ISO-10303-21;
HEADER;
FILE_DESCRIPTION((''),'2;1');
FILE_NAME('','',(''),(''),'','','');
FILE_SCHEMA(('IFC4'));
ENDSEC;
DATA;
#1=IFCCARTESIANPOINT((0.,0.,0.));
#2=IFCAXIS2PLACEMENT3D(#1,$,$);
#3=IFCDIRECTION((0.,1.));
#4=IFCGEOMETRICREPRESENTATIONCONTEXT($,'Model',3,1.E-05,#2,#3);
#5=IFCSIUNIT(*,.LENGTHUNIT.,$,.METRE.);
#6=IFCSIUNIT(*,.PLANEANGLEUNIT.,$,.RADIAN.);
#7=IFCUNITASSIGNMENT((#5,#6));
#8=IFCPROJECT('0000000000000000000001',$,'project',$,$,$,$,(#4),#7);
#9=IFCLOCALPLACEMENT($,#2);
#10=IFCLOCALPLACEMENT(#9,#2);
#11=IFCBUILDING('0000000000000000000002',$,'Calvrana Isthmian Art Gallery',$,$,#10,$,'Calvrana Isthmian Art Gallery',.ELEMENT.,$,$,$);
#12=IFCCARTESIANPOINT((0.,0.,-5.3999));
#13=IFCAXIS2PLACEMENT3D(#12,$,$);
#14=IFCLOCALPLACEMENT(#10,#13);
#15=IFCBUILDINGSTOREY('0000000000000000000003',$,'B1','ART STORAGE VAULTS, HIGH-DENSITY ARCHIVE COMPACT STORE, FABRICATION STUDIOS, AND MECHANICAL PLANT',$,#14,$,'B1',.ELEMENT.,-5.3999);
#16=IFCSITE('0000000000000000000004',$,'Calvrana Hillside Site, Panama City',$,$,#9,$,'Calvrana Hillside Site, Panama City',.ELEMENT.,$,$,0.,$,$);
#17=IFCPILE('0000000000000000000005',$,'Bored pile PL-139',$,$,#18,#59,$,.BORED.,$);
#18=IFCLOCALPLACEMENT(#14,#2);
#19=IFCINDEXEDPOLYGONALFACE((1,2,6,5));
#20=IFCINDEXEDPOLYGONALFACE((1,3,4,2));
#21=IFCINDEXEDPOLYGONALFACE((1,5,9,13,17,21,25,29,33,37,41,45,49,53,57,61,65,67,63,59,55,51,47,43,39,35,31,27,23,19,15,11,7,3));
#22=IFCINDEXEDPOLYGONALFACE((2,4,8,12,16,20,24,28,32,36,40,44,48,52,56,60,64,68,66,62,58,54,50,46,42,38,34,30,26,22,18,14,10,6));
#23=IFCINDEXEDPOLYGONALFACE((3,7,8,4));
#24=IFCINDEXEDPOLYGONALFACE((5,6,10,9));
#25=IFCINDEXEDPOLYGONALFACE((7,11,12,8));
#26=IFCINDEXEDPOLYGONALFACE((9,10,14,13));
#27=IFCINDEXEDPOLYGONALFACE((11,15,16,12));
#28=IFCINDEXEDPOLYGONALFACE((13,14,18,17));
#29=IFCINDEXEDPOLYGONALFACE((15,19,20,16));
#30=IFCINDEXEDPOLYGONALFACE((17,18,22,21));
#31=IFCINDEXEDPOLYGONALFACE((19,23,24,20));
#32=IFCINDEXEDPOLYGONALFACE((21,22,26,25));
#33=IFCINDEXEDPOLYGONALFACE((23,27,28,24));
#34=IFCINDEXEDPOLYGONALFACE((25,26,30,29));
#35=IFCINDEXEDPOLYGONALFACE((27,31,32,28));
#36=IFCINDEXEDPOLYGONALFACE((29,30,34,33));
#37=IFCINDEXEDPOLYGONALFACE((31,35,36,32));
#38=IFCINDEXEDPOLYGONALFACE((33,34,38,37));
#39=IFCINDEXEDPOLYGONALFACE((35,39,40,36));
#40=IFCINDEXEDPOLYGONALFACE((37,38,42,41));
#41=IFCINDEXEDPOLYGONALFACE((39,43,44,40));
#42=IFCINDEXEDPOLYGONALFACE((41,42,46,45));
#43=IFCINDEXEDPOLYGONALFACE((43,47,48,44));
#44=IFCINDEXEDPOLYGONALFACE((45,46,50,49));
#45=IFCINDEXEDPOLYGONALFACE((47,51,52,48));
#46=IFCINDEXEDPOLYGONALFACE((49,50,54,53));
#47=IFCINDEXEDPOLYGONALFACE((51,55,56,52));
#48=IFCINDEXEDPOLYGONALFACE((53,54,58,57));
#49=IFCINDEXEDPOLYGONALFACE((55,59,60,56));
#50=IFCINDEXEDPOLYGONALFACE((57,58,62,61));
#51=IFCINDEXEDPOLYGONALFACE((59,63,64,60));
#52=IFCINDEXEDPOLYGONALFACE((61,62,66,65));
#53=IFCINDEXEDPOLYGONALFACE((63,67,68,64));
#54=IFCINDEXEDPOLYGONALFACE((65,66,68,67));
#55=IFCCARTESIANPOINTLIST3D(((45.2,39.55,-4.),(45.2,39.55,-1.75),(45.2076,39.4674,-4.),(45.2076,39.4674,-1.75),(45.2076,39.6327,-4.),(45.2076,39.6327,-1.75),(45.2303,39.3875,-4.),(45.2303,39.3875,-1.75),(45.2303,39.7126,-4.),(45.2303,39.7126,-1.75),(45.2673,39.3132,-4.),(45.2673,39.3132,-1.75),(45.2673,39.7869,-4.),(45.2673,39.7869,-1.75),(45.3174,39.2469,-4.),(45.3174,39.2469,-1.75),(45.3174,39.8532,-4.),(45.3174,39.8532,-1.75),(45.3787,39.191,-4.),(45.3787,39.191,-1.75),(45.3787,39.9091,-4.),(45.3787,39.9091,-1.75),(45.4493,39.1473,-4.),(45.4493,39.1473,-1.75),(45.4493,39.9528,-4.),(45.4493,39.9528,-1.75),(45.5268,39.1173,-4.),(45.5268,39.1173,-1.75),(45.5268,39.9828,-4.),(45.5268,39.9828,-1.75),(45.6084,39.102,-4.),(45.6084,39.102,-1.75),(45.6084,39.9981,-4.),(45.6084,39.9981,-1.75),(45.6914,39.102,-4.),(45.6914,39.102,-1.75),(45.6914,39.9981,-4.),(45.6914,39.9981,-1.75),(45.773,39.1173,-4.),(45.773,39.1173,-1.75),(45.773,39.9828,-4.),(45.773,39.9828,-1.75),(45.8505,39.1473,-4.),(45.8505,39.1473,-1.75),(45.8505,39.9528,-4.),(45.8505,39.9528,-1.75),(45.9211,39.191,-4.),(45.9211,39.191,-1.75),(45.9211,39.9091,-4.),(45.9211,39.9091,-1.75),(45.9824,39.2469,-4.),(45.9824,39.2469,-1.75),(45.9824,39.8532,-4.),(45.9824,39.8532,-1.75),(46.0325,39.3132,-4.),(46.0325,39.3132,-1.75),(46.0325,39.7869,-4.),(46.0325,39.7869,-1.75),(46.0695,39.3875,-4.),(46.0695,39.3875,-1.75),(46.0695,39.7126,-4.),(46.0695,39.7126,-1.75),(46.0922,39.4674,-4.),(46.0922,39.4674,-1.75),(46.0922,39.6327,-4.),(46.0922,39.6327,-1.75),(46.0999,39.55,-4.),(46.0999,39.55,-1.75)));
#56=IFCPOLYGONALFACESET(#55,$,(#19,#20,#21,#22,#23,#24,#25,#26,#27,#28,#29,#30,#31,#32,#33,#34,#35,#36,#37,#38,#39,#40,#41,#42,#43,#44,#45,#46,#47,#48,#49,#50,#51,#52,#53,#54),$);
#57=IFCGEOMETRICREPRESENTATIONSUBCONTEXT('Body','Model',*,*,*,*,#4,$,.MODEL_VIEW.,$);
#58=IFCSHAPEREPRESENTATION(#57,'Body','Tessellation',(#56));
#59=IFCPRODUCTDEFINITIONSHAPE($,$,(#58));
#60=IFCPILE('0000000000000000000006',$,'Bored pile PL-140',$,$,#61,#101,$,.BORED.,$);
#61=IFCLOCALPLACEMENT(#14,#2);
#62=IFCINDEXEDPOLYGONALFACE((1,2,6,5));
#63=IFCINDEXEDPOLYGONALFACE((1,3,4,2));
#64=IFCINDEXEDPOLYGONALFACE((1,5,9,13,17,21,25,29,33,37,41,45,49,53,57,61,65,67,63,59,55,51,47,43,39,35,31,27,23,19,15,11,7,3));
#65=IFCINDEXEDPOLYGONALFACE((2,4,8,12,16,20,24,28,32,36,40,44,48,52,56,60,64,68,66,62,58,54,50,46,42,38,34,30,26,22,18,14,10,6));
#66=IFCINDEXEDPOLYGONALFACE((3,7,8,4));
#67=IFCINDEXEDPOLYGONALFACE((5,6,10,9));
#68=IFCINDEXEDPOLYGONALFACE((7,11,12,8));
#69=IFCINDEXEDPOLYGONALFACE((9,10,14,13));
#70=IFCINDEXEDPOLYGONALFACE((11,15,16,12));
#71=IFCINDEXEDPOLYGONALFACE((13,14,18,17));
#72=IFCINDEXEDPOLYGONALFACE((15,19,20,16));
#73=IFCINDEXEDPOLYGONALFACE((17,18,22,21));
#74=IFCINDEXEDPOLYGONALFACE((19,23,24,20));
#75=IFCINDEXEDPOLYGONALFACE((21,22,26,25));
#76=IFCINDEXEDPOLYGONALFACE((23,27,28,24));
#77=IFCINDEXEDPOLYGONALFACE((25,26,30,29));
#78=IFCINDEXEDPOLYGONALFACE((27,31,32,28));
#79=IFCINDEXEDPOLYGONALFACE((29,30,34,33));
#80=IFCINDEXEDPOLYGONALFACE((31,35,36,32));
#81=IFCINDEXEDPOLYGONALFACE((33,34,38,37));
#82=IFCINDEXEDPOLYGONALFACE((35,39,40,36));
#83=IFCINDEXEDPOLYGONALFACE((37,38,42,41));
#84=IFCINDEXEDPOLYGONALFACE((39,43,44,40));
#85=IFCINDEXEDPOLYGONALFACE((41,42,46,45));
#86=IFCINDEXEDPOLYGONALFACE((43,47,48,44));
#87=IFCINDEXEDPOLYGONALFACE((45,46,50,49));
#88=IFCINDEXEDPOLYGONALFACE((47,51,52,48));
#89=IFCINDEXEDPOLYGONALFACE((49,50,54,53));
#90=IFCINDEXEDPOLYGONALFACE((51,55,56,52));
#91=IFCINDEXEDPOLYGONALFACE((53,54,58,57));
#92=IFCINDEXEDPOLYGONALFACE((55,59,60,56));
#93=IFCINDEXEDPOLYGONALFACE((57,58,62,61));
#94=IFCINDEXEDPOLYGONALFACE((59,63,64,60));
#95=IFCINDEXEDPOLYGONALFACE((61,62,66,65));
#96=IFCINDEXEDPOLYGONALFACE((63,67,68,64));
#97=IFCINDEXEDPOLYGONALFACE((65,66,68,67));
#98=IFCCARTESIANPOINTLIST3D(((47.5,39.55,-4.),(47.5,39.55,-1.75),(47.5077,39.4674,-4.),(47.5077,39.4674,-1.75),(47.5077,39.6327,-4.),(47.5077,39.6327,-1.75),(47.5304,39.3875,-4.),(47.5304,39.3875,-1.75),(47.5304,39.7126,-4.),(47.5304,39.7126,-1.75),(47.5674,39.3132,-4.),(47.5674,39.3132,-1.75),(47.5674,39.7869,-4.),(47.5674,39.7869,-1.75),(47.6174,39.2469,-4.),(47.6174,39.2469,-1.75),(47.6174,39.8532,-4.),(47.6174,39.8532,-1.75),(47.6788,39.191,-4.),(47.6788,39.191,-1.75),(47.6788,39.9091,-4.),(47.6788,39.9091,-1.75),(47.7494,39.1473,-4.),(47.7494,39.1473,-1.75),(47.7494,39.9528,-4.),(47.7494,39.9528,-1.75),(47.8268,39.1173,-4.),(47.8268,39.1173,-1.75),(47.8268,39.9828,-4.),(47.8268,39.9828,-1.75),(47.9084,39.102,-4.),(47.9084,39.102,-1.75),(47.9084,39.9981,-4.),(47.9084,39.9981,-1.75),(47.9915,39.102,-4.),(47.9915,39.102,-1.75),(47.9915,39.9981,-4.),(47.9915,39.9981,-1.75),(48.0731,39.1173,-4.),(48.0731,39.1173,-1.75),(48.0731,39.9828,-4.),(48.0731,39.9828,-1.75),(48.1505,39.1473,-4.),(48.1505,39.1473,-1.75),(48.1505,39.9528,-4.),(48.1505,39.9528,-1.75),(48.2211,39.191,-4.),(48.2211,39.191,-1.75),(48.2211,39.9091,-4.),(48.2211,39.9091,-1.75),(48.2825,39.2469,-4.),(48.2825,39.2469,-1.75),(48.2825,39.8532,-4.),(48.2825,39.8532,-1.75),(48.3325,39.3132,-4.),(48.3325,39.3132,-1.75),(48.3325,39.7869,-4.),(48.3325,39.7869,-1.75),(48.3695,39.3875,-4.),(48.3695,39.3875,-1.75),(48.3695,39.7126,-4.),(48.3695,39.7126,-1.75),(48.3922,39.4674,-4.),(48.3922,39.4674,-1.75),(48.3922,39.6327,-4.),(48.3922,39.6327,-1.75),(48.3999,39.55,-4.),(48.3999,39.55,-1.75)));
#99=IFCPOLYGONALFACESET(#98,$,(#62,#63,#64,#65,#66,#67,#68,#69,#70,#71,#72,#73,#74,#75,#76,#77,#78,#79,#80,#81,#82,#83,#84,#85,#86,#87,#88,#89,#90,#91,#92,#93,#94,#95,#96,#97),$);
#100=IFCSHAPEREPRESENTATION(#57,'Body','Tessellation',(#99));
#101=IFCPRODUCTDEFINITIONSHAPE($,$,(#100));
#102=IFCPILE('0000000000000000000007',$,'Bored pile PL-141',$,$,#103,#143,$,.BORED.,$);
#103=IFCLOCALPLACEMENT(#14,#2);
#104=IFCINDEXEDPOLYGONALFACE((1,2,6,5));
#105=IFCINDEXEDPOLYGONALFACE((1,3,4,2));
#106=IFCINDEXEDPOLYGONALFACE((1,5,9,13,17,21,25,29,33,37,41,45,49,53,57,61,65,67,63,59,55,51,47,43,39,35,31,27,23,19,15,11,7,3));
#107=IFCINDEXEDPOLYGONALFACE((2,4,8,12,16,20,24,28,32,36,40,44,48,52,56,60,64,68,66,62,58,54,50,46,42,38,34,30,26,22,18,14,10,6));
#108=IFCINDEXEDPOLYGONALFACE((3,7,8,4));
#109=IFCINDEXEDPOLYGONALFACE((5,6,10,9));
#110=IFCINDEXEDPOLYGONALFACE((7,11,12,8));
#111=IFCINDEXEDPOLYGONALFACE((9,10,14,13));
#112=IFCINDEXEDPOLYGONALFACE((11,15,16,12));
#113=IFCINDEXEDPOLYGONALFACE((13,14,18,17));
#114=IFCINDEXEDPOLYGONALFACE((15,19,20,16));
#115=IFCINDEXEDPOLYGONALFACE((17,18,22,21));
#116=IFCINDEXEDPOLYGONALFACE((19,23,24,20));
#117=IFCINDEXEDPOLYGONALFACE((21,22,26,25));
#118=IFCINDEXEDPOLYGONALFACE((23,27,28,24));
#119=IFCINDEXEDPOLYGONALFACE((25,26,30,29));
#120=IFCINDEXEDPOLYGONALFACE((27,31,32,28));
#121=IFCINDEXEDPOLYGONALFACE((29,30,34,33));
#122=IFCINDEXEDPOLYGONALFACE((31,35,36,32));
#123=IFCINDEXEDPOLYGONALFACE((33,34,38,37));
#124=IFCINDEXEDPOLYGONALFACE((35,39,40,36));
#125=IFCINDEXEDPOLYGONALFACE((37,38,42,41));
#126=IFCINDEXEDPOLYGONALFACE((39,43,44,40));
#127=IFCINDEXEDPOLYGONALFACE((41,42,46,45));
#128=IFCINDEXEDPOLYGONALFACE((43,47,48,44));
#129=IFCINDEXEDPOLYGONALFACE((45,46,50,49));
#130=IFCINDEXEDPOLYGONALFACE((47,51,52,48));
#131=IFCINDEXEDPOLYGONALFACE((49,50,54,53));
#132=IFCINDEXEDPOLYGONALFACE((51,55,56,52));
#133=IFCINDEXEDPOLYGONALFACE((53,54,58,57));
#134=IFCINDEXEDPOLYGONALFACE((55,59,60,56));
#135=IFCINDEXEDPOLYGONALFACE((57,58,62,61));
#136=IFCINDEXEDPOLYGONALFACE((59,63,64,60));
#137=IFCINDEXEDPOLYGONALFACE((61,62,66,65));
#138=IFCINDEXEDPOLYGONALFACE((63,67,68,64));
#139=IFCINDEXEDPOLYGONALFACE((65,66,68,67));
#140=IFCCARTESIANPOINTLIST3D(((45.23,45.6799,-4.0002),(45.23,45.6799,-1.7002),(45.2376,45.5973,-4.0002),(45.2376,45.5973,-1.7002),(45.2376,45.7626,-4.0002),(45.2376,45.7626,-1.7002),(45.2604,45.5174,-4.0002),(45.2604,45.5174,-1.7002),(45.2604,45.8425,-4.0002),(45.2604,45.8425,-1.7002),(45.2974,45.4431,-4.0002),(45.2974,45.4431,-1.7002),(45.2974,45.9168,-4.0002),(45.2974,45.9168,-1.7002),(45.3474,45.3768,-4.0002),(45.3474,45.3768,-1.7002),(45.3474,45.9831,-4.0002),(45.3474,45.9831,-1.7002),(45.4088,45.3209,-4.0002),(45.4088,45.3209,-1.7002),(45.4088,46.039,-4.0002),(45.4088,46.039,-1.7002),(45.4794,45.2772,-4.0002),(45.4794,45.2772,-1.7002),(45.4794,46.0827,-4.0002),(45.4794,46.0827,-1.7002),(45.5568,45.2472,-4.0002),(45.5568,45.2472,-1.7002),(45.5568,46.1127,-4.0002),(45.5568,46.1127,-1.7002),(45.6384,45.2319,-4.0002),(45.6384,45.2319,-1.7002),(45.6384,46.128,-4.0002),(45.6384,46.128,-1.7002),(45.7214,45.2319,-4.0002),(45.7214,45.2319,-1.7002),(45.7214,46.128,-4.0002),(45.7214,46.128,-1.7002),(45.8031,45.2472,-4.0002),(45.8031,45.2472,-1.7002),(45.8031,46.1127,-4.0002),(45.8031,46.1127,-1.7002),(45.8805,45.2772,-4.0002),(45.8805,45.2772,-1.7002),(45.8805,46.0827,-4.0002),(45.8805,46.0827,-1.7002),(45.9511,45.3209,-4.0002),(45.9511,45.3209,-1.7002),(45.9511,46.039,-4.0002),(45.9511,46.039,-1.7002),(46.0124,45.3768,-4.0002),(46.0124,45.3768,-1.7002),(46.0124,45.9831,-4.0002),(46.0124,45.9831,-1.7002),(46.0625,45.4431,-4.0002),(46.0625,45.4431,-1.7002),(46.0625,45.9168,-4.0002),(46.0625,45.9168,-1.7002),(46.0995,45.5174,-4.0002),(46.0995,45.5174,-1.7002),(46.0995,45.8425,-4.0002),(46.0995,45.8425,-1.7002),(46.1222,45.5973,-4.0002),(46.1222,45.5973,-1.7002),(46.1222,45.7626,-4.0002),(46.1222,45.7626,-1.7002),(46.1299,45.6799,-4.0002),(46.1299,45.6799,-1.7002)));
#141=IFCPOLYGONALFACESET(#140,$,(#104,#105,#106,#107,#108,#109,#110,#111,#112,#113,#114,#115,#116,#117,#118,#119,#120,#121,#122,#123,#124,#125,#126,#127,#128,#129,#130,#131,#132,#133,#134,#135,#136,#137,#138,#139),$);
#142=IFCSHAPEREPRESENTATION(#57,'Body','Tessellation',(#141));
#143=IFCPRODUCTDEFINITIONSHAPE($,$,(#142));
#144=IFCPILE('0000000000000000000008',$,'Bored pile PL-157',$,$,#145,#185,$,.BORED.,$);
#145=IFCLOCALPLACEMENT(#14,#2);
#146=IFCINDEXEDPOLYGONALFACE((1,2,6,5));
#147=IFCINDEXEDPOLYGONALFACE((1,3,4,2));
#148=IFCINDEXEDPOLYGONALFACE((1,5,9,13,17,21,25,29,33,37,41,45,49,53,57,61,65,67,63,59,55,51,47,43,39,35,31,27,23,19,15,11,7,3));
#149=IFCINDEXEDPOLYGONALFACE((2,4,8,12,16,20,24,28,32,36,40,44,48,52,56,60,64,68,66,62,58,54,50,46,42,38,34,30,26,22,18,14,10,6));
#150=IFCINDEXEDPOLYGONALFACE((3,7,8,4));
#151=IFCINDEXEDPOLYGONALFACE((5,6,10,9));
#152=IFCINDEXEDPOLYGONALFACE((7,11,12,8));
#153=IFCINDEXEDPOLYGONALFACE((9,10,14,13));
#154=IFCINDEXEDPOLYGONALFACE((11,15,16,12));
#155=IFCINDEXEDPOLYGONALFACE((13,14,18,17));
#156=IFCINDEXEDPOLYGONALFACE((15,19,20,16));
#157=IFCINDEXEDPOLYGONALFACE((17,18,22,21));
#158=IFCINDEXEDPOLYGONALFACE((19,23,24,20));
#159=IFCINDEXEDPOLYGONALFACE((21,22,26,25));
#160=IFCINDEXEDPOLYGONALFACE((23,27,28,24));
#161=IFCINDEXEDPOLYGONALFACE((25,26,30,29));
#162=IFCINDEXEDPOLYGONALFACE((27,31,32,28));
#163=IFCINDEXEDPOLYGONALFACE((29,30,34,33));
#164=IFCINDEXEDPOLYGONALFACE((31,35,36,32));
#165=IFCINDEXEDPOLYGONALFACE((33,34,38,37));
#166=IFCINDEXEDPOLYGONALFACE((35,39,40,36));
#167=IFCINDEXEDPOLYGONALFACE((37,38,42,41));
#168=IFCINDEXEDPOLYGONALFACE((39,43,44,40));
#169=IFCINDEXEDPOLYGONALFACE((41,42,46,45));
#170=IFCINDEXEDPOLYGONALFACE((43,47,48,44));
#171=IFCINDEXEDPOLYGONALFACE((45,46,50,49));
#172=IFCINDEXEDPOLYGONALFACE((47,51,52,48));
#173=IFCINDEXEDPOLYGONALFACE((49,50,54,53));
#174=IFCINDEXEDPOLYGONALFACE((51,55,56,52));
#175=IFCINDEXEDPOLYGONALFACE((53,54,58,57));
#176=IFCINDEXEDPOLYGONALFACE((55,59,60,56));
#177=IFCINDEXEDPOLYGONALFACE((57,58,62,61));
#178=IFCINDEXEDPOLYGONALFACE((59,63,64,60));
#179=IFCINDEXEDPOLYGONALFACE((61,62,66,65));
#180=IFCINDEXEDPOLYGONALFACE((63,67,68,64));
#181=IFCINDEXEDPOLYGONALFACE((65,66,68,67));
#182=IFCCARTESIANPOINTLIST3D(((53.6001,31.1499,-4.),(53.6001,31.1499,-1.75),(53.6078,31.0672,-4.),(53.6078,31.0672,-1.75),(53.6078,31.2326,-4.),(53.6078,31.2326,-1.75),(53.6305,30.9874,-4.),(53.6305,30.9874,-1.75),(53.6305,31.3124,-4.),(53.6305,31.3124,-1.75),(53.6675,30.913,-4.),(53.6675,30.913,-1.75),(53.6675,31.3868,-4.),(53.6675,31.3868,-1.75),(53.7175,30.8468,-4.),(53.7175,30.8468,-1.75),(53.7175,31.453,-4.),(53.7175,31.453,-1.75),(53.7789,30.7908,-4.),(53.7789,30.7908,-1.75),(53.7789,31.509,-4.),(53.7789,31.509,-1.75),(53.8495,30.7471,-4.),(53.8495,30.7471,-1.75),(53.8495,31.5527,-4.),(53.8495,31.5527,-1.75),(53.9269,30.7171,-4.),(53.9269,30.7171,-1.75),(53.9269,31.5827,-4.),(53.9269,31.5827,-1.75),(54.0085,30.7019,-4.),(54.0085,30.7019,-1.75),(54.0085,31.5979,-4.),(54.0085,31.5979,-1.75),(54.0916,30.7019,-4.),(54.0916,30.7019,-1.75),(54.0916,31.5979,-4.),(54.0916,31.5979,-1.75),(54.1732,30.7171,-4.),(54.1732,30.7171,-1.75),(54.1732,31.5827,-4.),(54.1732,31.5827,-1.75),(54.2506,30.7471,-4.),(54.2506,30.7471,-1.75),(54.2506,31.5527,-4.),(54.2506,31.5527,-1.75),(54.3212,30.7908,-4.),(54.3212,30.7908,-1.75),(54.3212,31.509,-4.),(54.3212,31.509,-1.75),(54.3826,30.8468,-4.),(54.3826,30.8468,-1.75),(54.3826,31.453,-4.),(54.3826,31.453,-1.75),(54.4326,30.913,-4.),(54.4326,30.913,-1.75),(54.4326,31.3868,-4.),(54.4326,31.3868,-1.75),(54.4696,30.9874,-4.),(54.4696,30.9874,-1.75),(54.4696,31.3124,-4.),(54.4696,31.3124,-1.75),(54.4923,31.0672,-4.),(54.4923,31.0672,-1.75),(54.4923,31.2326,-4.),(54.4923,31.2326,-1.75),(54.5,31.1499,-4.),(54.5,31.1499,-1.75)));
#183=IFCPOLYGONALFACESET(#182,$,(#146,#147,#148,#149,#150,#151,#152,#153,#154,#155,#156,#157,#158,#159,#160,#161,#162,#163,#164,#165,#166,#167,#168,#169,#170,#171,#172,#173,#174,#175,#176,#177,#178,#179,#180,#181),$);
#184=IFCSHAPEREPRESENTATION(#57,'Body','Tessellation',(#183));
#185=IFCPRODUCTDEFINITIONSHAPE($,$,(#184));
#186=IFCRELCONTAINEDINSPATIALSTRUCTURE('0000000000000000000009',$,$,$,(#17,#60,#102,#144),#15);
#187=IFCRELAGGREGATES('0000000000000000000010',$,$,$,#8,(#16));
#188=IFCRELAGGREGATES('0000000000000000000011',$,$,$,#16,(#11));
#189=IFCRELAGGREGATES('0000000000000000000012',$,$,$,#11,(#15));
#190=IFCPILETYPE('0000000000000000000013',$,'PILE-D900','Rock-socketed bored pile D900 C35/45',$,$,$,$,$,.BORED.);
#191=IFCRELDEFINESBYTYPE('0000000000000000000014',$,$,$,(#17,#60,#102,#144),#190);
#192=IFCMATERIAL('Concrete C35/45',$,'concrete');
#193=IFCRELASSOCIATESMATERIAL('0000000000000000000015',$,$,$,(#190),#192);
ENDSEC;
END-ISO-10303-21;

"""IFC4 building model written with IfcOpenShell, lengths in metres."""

from ifc_helpers import new_model, si_unit, direction, frame, origin, origin_2d, place, context, subcontext, project, spatial, circle, extrude, material, material_profile, profile_set, type_object, element, save


model = new_model("IFC4")

# Units and contexts
model_context = context("Model", 3, precision=1e-05, world=origin(), true_north=direction((0.0, 1.0)))
body_context = subcontext(model_context, "Body", "Model", "MODEL_VIEW")
ifc_project = project(units=[si_unit("LENGTHUNIT", "METRE"), si_unit("PLANEANGLEUNIT", "RADIAN")], contexts=[model_context])

# Site, building, storey
site_placement = place(None, origin())
site = spatial("IfcSite", under=ifc_project, at=site_placement, Name="Calvrana Hillside Site, Panama City", LongName="Calvrana Hillside Site, Panama City", CompositionType="ELEMENT", RefElevation=0.0)
building_placement = place(site_placement, origin())
building = spatial("IfcBuilding", under=site, at=building_placement, Name="Calvrana Isthmian Art Gallery", LongName="Calvrana Isthmian Art Gallery", CompositionType="ELEMENT")
storey_placement = place(building_placement, frame((0.0, 0.0, -5.3999)))
storey = spatial("IfcBuildingStorey", under=building, at=storey_placement, Name="B1", Description="ART STORAGE VAULTS, HIGH-DENSITY ARCHIVE COMPACT STORE, FABRICATION STUDIOS, AND MECHANICAL PLANT", LongName="B1", CompositionType="ELEMENT", Elevation=-5.3999)

# Shared definitions
ifc_material_1 = material(Name="Concrete C35/45", Category="concrete")

# Piles
ifc_material_profile_1 = material_profile(ifc_material_1, circle(Radius=0.45, at=origin_2d()), Name="PILE900D")
ifc_profile_set_1 = profile_set([ifc_material_profile_1], Name="Concrete C35/45")
pile_type_1 = type_object("IfcPileType", Name="PILE-D900", Description="Rock-socketed bored pile D900 C35/45", PredefinedType="BORED", material=ifc_profile_set_1)
for number, where, z_axis, x_axis, name in (
    (1, (45.6499, 39.55, -1.75), (0.0, 0.0, -1.0), (1.0, 0.0, 0.0), "Bored pile PL-139"),
    (2, (47.95, 39.55, -1.75), (0.0, 0.0, -1.0), (1.0, 0.0, 0.0), "Bored pile PL-140"),
):
    element("IfcPile", number, at=place(storey_placement, frame(where, z_axis=z_axis, x_axis=x_axis)), inside=storey, type_object=pile_type_1, Name=name, PredefinedType="BORED", context=body_context, shape_type="SweptSolid", body=[
        extrude(circle(Radius=0.45, at=origin_2d()), origin(), (0.0, 0.0, 1.0), 2.25),
    ])
pile_1_placement = place(storey_placement, frame((45.6799, 45.6799, -1.7002), z_axis=(0.0, 0.0, -1.0), x_axis=(1.0, 0.0, 0.0)))
element("IfcPile", 3, at=pile_1_placement, inside=storey, type_object=pile_type_1, Name="Bored pile PL-141", PredefinedType="BORED", context=body_context, shape_type="SweptSolid", body=[
    extrude(circle(Radius=0.45, at=origin_2d()), origin(), (0.0, 0.0, 1.0), 2.3),
])
for number, where, z_axis, x_axis, name in (
    (4, (54.05, 31.1499, -1.75), (0.0, 0.0, -1.0), (1.0, 0.0, 0.0), "Bored pile PL-157"),
):
    element("IfcPile", number, at=place(storey_placement, frame(where, z_axis=z_axis, x_axis=x_axis)), inside=storey, type_object=pile_type_1, Name=name, PredefinedType="BORED", context=body_context, shape_type="SweptSolid", body=[
        extrude(circle(Radius=0.45, at=origin_2d()), origin(), (0.0, 0.0, 1.0), 2.25),
    ])

save(model, "model.ifc")
